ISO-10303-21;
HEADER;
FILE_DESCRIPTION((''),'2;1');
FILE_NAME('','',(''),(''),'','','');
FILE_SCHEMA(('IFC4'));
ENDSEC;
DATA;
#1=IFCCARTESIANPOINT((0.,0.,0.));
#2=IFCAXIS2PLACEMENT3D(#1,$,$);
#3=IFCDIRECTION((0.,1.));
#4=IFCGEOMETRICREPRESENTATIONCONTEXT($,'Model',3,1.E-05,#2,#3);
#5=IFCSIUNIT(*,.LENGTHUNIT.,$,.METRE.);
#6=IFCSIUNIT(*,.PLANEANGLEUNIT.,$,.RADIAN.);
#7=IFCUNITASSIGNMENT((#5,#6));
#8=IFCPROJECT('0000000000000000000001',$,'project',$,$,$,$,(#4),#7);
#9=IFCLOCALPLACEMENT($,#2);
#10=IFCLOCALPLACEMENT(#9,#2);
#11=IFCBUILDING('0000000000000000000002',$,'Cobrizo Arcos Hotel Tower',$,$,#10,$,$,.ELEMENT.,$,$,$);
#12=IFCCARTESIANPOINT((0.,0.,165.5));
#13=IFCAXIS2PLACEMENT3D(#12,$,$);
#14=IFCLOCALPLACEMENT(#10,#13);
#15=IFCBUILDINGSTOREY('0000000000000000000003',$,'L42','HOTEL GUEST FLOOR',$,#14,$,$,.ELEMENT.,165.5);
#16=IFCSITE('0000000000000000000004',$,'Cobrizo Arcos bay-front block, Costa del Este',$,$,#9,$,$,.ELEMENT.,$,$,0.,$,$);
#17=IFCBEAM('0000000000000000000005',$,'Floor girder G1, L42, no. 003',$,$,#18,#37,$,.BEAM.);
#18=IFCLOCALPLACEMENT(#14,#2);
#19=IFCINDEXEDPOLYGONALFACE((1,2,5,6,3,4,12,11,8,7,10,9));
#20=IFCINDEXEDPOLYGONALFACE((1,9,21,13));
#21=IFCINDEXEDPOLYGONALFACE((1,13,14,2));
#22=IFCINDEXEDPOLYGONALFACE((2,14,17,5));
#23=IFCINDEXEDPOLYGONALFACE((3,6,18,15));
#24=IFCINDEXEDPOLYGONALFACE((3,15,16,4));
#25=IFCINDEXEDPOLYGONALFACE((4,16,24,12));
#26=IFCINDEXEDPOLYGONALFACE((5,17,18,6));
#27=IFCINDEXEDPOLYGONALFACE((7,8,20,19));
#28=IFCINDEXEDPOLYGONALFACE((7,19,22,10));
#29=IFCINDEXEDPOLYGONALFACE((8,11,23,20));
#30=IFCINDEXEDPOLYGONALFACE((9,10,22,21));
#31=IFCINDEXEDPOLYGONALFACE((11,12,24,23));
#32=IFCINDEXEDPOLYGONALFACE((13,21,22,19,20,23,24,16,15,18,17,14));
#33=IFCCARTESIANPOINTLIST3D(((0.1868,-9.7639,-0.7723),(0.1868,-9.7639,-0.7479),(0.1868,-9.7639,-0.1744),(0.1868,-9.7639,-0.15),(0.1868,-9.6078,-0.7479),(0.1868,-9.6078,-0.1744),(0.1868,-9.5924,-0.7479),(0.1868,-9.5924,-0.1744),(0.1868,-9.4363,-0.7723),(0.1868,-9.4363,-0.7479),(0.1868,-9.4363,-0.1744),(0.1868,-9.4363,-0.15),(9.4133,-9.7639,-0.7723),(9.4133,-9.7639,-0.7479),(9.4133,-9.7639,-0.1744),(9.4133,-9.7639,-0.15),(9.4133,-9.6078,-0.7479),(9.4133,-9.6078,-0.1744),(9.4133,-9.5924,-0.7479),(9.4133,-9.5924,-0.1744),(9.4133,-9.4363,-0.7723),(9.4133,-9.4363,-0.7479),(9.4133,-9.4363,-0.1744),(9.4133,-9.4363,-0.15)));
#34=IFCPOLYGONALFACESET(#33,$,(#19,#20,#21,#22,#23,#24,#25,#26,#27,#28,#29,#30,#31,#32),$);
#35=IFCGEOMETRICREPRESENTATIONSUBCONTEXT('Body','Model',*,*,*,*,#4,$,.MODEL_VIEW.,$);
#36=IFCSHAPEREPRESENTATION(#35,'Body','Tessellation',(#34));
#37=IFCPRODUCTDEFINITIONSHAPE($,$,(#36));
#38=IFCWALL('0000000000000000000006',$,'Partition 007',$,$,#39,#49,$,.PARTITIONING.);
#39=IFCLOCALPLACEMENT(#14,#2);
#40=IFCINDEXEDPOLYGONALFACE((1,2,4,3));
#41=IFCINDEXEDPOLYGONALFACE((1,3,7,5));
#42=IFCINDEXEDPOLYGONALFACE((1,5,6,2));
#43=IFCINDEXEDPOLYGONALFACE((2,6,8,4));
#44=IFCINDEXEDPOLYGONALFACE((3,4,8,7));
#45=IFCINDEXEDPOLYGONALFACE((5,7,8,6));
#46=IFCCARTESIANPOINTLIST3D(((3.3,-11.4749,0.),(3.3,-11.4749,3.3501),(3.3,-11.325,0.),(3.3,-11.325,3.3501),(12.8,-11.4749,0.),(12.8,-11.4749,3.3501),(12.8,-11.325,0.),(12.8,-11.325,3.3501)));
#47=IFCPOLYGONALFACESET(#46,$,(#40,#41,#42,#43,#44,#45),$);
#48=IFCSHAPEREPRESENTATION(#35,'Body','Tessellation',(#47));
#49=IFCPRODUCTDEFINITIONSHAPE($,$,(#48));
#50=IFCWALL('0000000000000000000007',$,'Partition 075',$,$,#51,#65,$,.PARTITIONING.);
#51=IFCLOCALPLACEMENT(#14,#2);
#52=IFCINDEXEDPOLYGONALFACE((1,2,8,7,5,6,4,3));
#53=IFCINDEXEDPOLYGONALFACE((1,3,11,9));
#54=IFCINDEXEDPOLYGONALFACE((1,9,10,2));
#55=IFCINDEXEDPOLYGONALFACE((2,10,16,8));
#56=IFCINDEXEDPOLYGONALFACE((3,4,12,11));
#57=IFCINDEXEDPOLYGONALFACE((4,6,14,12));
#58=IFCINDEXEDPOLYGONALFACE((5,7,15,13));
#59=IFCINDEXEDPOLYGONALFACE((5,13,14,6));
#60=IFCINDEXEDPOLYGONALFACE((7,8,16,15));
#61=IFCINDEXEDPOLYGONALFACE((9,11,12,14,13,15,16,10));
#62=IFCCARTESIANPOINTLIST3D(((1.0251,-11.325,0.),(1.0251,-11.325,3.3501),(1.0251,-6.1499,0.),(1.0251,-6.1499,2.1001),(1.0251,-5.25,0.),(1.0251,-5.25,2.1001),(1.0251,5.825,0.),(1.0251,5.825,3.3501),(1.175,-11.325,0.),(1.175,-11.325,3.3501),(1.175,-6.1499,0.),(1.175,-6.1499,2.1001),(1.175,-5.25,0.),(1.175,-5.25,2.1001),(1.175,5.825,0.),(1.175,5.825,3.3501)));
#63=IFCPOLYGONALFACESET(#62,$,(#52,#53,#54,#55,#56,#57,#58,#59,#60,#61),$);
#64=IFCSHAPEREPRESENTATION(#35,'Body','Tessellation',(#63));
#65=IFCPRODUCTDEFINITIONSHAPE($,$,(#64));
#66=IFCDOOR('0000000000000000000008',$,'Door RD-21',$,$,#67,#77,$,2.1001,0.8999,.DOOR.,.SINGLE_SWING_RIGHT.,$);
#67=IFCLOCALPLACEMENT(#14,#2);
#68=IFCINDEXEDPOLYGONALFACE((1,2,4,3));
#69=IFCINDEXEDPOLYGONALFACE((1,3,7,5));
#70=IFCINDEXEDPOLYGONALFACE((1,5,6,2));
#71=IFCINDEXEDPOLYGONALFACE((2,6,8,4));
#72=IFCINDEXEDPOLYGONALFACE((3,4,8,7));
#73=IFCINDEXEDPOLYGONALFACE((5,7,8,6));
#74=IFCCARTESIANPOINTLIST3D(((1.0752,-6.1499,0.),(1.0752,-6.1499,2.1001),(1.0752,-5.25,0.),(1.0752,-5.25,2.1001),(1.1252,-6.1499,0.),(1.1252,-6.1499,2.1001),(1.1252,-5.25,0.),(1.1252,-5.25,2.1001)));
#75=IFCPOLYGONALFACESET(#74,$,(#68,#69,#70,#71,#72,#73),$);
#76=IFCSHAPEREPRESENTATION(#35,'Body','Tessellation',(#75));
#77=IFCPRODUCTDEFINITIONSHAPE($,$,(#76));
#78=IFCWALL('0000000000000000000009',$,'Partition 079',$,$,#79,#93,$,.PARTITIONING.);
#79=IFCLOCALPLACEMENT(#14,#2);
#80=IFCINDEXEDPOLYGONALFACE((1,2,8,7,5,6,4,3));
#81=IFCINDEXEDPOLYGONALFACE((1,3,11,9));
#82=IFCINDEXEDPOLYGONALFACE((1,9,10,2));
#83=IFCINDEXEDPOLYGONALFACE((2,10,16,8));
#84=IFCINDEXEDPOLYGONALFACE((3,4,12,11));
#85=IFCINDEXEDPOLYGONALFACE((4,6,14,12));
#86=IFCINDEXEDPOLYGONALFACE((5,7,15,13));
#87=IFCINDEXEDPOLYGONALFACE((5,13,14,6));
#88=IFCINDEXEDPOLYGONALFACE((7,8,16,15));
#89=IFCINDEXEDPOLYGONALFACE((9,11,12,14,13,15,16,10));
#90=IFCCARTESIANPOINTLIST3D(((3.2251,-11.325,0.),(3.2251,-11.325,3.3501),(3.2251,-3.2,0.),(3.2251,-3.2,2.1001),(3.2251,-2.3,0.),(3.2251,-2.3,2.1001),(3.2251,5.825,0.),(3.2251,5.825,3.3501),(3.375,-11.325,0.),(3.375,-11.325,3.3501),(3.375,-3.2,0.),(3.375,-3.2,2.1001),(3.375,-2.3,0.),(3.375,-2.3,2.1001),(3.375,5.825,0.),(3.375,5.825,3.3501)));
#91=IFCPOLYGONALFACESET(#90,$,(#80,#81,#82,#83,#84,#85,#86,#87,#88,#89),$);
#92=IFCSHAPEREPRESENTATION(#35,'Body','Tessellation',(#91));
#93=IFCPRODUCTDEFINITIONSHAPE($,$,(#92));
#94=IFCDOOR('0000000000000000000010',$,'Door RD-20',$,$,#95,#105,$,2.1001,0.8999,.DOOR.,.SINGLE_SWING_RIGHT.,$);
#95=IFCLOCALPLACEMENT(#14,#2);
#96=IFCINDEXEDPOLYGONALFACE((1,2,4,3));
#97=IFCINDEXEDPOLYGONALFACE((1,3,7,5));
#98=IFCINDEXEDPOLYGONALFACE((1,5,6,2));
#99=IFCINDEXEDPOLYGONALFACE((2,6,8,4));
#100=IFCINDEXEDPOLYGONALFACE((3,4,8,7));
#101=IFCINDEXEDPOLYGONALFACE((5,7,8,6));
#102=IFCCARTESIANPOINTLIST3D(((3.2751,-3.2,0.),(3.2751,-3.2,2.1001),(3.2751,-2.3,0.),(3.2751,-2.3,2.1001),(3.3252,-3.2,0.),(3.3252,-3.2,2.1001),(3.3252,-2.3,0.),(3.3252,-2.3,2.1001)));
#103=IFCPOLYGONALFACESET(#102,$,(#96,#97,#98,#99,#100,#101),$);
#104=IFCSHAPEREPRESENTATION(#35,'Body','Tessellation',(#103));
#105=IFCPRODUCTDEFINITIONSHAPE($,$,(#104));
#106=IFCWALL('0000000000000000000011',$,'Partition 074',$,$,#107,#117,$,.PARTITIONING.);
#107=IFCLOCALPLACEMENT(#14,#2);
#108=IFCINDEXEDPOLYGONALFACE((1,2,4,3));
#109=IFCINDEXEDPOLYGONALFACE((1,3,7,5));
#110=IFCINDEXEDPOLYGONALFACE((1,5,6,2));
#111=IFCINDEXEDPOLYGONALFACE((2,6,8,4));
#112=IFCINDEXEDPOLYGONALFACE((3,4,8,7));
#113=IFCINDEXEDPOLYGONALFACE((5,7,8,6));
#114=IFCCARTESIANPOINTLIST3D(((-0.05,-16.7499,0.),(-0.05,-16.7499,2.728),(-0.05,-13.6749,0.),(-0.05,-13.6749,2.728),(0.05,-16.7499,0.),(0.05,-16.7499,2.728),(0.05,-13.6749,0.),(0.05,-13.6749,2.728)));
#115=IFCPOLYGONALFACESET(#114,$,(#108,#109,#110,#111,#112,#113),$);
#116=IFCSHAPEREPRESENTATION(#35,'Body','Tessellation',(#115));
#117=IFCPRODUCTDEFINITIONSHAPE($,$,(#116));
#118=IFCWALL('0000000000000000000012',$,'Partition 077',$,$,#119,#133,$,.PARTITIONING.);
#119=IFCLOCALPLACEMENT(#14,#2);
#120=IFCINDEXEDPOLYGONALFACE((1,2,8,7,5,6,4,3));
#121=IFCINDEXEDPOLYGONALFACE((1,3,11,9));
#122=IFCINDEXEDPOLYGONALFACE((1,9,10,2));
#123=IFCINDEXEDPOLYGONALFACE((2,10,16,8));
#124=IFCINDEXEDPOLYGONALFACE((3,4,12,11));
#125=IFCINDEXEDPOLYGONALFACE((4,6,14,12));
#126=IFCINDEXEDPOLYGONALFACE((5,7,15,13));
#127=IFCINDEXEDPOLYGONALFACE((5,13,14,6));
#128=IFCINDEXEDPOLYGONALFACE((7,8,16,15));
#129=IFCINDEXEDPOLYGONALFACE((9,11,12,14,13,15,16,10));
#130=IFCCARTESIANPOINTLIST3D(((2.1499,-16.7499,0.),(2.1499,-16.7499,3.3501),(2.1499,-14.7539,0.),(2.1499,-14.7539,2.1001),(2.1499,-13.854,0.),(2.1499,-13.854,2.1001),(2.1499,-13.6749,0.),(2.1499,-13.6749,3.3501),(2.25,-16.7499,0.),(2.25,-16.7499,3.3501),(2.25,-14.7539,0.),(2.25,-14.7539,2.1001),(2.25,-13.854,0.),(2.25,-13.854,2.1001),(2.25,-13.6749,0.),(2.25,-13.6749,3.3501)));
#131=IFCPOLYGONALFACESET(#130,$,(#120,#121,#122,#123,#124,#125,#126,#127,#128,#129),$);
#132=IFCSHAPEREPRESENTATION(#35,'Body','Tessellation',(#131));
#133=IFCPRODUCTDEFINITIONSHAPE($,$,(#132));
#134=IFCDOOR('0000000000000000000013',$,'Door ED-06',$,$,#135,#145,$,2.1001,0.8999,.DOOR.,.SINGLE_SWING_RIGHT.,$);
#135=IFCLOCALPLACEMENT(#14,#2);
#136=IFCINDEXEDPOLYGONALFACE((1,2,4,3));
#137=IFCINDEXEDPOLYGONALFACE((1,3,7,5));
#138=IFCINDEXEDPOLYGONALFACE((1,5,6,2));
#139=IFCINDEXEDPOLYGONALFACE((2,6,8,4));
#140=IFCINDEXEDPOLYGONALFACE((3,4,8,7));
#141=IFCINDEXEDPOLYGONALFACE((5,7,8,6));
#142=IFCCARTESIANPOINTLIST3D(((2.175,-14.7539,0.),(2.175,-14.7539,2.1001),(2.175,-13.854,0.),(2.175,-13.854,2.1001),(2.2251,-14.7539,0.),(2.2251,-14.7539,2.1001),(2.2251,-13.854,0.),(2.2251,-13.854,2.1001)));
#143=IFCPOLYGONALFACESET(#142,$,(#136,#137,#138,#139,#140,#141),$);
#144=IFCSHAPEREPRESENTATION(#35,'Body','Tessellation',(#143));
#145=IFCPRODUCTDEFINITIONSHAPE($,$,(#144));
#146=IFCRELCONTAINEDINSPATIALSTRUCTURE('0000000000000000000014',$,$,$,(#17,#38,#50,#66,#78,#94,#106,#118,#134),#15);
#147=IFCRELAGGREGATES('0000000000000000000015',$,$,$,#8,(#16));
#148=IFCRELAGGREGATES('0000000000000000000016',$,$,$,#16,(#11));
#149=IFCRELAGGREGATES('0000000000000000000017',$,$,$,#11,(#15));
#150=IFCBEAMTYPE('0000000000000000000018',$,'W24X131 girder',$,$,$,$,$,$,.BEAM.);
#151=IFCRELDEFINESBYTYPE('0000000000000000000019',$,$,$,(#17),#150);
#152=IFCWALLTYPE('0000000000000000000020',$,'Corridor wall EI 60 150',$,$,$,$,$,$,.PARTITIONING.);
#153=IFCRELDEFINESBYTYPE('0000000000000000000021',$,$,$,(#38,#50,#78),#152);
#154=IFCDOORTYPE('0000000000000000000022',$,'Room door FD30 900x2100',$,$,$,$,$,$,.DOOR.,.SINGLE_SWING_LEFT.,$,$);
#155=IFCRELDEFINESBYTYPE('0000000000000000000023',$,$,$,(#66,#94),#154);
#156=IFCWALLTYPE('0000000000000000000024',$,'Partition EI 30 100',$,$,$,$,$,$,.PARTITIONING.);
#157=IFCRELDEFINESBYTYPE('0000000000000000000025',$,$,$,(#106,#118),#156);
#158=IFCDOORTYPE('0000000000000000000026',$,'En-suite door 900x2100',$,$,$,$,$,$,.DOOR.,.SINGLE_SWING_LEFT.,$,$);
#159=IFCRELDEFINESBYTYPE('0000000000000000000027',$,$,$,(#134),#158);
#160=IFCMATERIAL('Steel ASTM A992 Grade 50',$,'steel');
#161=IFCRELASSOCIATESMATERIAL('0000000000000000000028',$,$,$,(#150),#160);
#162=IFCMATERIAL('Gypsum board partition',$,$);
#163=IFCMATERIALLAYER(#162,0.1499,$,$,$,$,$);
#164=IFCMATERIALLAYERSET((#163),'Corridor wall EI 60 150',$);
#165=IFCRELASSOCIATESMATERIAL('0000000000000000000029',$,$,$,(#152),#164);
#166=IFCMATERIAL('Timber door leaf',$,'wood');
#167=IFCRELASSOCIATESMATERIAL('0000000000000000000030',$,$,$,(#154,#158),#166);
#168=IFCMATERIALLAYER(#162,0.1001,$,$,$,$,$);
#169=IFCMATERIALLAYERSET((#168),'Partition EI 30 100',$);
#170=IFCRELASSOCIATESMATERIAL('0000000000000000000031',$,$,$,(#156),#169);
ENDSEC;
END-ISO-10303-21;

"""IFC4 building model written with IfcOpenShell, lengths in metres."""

from ifc_helpers import new_model, si_unit, direction, frame, frame_2d, origin, origin_2d, place, context, subcontext, project, spatial, rectangle, i_section, extrude, material, layer, layer_set, material_profile, profile_set, type_object, element, fill, save


model = new_model("IFC4")

# Units and contexts
model_context = context("Model", 3, precision=1e-05, world=origin(), true_north=direction((0.0, 1.0)))
body_context = subcontext(model_context, "Body", "Model", "MODEL_VIEW")
ifc_project = project(units=[si_unit("LENGTHUNIT", "METRE"), si_unit("PLANEANGLEUNIT", "RADIAN")], contexts=[model_context])

# Site, building, storey
site_placement = place(None, origin())
site = spatial("IfcSite", under=ifc_project, at=site_placement, Name="Cobrizo Arcos bay-front block, Costa del Este", CompositionType="ELEMENT", RefElevation=0.0)
building_placement = place(site_placement, origin())
building = spatial("IfcBuilding", under=site, at=building_placement, Name="Cobrizo Arcos Hotel Tower", CompositionType="ELEMENT")
storey_placement = place(building_placement, frame((0.0, 0.0, 165.5)))
storey = spatial("IfcBuildingStorey", under=building, at=storey_placement, Name="L42", Description="HOTEL GUEST FLOOR", CompositionType="ELEMENT", Elevation=165.5)

# Beam
ifc_material_1 = material(Name="Steel ASTM A992 Grade 50", Category="steel")
ifc_material_profile = material_profile(ifc_material_1, i_section(OverallWidth=0.3276, OverallDepth=0.6223, WebThickness=0.0154, FlangeThickness=0.0244, at=origin_2d()), Name="W24X131")
ifc_profile_set = profile_set([ifc_material_profile], Name="Steel ASTM A992 Grade 50")
beam_type = type_object("IfcBeamType", Name="W24X131 girder", PredefinedType="BEAM", material=ifc_profile_set)
beam_placement = place(storey_placement, frame((0.1868, -9.6001, -0.4612), z_axis=(1.0, 0.0, 0.0), x_axis=(0.0, 1.0, 0.0)))
element("IfcBeam", 1, at=beam_placement, inside=storey, type_object=beam_type, Name="Floor girder G1, L42, no. 003", PredefinedType="BEAM", context=body_context, shape_type="SweptSolid", body=[
    extrude(i_section(OverallWidth=0.3276, OverallDepth=0.6223, WebThickness=0.0154, FlangeThickness=0.0244, at=origin_2d()), origin(), (0.0, 0.0, 1.0), 9.2266),
])

# Wall
ifc_material_2 = material(Name="Gypsum board partition")
ifc_layer_1 = layer(ifc_material_2, 0.1499)
ifc_layer_set_1 = layer_set([ifc_layer_1], Name="Corridor wall EI 60 150")
wall_type_1 = type_object("IfcWallType", Name="Corridor wall EI 60 150", PredefinedType="PARTITIONING", material=ifc_layer_set_1)
wall_1_placement = place(storey_placement, frame((3.3, -11.3999, 0.0), z_axis=(0.0, 0.0, 1.0), x_axis=(1.0, 0.0, 0.0)))
element("IfcWall", 2, at=wall_1_placement, inside=storey, type_object=wall_type_1, Name="Partition 007", PredefinedType="PARTITIONING", context=body_context, shape_type="SweptSolid", body=[
    extrude(rectangle(XDim=9.5, YDim=0.1499, at=frame_2d((4.75, 0.0))), origin(), (0.0, 0.0, 1.0), 3.3501),
])

# Walls, openings, doors
wall_2_placement = place(storey_placement, frame((1.1001, -11.325, 0.0), z_axis=(0.0, 0.0, 1.0), x_axis=(0.0, 1.0, 0.0)))
wall_2 = element("IfcWall", 3, at=wall_2_placement, inside=storey, type_object=wall_type_1, Name="Partition 075", PredefinedType="PARTITIONING", context=body_context, shape_type="SweptSolid", body=[
    extrude(rectangle(XDim=17.1499, YDim=0.1499, at=frame_2d((8.575, 0.0))), origin(), (0.0, 0.0, 1.0), 3.3501),
])
opening_1_placement = place(wall_2_placement, frame((5.175, 0.0, 0.0)))
opening_1 = element("IfcOpeningElement", 4, at=opening_1_placement, cuts=wall_2, PredefinedType="OPENING", context=body_context, shape_type="SweptSolid", body=[
    extrude(rectangle(XDim=0.8999, YDim=2.1001, at=frame_2d((0.45, 1.05))), frame((0.0, 0.0869, 0.0), z_axis=(0.0, -1.0, 0.0), x_axis=(1.0, 0.0, 0.0)), (0.0, 0.0, 1.0), 0.1738),
])
ifc_material_3 = material(Name="Timber door leaf", Category="wood")
door_type_1 = type_object("IfcDoorType", Name="Room door FD30 900x2100", OperationType="SINGLE_SWING_LEFT", PredefinedType="DOOR", material=ifc_material_3)
door_1_placement = place(opening_1_placement, origin())
door_1 = element("IfcDoor", 5, at=door_1_placement, inside=storey, type_object=door_type_1, Name="Door RD-21", OperationType="SINGLE_SWING_RIGHT", OverallHeight=2.1001, OverallWidth=0.8999, PredefinedType="DOOR", context=body_context, shape_type="SweptSolid", body=[
    extrude(rectangle(XDim=0.8999, YDim=2.1001, at=frame_2d((0.45, 1.05))), frame((0.0, 0.0249, 0.0), z_axis=(0.0, -1.0, 0.0), x_axis=(1.0, 0.0, 0.0)), (0.0, 0.0, 1.0), 0.05),
])
fill(opening_1, door_1)
wall_3_placement = place(storey_placement, frame((3.3, -11.325, 0.0), z_axis=(0.0, 0.0, 1.0), x_axis=(0.0, 1.0, 0.0)))
wall_3 = element("IfcWall", 6, at=wall_3_placement, inside=storey, type_object=wall_type_1, Name="Partition 079", PredefinedType="PARTITIONING", context=body_context, shape_type="SweptSolid", body=[
    extrude(rectangle(XDim=17.1499, YDim=0.1499, at=frame_2d((8.575, 0.0))), origin(), (0.0, 0.0, 1.0), 3.3501),
])
opening_2_placement = place(wall_3_placement, frame((8.125, 0.0, 0.0)))
opening_2 = element("IfcOpeningElement", 7, at=opening_2_placement, cuts=wall_3, PredefinedType="OPENING", context=body_context, shape_type="SweptSolid", body=[
    extrude(rectangle(XDim=0.8999, YDim=2.1001, at=frame_2d((0.45, 1.05))), frame((0.0, 0.0869, 0.0), z_axis=(0.0, -1.0, 0.0), x_axis=(1.0, 0.0, 0.0)), (0.0, 0.0, 1.0), 0.1738),
])
door_2_placement = place(opening_2_placement, origin())
door_2 = element("IfcDoor", 8, at=door_2_placement, inside=storey, type_object=door_type_1, Name="Door RD-20", OperationType="SINGLE_SWING_RIGHT", OverallHeight=2.1001, OverallWidth=0.8999, PredefinedType="DOOR", context=body_context, shape_type="SweptSolid", body=[
    extrude(rectangle(XDim=0.8999, YDim=2.1001, at=frame_2d((0.45, 1.05))), frame((0.0, 0.0249, 0.0), z_axis=(0.0, -1.0, 0.0), x_axis=(1.0, 0.0, 0.0)), (0.0, 0.0, 1.0), 0.05),
])
fill(opening_2, door_2)

# Wall
ifc_layer_2 = layer(ifc_material_2, 0.1001)
ifc_layer_set_2 = layer_set([ifc_layer_2], Name="Partition EI 30 100")
wall_type_2 = type_object("IfcWallType", Name="Partition EI 30 100", PredefinedType="PARTITIONING", material=ifc_layer_set_2)
wall_4_placement = place(storey_placement, frame((0.0, -16.75, 0.0), z_axis=(0.0, 0.0, 1.0), x_axis=(0.0, 1.0, 0.0)))
element("IfcWall", 9, at=wall_4_placement, inside=storey, type_object=wall_type_2, Name="Partition 074", PredefinedType="PARTITIONING", context=body_context, shape_type="SweptSolid", body=[
    extrude(rectangle(XDim=3.075, YDim=0.1001, at=frame_2d((1.5376, 0.0))), origin(), (0.0, 0.0, 1.0), 2.728),
])

# Wall, opening, door
wall_5_placement = place(storey_placement, frame((2.2, -16.75, 0.0), z_axis=(0.0, 0.0, 1.0), x_axis=(0.0, 1.0, 0.0)))
wall_5 = element("IfcWall", 10, at=wall_5_placement, inside=storey, type_object=wall_type_2, Name="Partition 077", PredefinedType="PARTITIONING", context=body_context, shape_type="SweptSolid", body=[
    extrude(rectangle(XDim=3.075, YDim=0.1001, at=frame_2d((1.5376, 0.0))), origin(), (0.0, 0.0, 1.0), 3.3501),
])
opening_3_placement = place(wall_5_placement, frame((1.9961, 0.0, 0.0)))
opening_3 = element("IfcOpeningElement", 11, at=opening_3_placement, cuts=wall_5, PredefinedType="OPENING", context=body_context, shape_type="SweptSolid", body=[
    extrude(rectangle(XDim=0.8999, YDim=2.1001, at=frame_2d((0.45, 1.05))), frame((0.0, 0.062, 0.0), z_axis=(0.0, -1.0, 0.0), x_axis=(1.0, 0.0, 0.0)), (0.0, 0.0, 1.0), 0.124),
])
door_type_2 = type_object("IfcDoorType", Name="En-suite door 900x2100", OperationType="SINGLE_SWING_LEFT", PredefinedType="DOOR", material=ifc_material_3)
door_3_placement = place(opening_3_placement, origin())
door_3 = element("IfcDoor", 12, at=door_3_placement, inside=storey, type_object=door_type_2, Name="Door ED-06", OperationType="SINGLE_SWING_RIGHT", OverallHeight=2.1001, OverallWidth=0.8999, PredefinedType="DOOR", context=body_context, shape_type="SweptSolid", body=[
    extrude(rectangle(XDim=0.8999, YDim=2.1001, at=frame_2d((0.45, 1.05))), frame((0.0, 0.0249, 0.0), z_axis=(0.0, -1.0, 0.0), x_axis=(1.0, 0.0, 0.0)), (0.0, 0.0, 1.0), 0.05),
])
fill(opening_3, door_3)

save(model, "model.ifc")
